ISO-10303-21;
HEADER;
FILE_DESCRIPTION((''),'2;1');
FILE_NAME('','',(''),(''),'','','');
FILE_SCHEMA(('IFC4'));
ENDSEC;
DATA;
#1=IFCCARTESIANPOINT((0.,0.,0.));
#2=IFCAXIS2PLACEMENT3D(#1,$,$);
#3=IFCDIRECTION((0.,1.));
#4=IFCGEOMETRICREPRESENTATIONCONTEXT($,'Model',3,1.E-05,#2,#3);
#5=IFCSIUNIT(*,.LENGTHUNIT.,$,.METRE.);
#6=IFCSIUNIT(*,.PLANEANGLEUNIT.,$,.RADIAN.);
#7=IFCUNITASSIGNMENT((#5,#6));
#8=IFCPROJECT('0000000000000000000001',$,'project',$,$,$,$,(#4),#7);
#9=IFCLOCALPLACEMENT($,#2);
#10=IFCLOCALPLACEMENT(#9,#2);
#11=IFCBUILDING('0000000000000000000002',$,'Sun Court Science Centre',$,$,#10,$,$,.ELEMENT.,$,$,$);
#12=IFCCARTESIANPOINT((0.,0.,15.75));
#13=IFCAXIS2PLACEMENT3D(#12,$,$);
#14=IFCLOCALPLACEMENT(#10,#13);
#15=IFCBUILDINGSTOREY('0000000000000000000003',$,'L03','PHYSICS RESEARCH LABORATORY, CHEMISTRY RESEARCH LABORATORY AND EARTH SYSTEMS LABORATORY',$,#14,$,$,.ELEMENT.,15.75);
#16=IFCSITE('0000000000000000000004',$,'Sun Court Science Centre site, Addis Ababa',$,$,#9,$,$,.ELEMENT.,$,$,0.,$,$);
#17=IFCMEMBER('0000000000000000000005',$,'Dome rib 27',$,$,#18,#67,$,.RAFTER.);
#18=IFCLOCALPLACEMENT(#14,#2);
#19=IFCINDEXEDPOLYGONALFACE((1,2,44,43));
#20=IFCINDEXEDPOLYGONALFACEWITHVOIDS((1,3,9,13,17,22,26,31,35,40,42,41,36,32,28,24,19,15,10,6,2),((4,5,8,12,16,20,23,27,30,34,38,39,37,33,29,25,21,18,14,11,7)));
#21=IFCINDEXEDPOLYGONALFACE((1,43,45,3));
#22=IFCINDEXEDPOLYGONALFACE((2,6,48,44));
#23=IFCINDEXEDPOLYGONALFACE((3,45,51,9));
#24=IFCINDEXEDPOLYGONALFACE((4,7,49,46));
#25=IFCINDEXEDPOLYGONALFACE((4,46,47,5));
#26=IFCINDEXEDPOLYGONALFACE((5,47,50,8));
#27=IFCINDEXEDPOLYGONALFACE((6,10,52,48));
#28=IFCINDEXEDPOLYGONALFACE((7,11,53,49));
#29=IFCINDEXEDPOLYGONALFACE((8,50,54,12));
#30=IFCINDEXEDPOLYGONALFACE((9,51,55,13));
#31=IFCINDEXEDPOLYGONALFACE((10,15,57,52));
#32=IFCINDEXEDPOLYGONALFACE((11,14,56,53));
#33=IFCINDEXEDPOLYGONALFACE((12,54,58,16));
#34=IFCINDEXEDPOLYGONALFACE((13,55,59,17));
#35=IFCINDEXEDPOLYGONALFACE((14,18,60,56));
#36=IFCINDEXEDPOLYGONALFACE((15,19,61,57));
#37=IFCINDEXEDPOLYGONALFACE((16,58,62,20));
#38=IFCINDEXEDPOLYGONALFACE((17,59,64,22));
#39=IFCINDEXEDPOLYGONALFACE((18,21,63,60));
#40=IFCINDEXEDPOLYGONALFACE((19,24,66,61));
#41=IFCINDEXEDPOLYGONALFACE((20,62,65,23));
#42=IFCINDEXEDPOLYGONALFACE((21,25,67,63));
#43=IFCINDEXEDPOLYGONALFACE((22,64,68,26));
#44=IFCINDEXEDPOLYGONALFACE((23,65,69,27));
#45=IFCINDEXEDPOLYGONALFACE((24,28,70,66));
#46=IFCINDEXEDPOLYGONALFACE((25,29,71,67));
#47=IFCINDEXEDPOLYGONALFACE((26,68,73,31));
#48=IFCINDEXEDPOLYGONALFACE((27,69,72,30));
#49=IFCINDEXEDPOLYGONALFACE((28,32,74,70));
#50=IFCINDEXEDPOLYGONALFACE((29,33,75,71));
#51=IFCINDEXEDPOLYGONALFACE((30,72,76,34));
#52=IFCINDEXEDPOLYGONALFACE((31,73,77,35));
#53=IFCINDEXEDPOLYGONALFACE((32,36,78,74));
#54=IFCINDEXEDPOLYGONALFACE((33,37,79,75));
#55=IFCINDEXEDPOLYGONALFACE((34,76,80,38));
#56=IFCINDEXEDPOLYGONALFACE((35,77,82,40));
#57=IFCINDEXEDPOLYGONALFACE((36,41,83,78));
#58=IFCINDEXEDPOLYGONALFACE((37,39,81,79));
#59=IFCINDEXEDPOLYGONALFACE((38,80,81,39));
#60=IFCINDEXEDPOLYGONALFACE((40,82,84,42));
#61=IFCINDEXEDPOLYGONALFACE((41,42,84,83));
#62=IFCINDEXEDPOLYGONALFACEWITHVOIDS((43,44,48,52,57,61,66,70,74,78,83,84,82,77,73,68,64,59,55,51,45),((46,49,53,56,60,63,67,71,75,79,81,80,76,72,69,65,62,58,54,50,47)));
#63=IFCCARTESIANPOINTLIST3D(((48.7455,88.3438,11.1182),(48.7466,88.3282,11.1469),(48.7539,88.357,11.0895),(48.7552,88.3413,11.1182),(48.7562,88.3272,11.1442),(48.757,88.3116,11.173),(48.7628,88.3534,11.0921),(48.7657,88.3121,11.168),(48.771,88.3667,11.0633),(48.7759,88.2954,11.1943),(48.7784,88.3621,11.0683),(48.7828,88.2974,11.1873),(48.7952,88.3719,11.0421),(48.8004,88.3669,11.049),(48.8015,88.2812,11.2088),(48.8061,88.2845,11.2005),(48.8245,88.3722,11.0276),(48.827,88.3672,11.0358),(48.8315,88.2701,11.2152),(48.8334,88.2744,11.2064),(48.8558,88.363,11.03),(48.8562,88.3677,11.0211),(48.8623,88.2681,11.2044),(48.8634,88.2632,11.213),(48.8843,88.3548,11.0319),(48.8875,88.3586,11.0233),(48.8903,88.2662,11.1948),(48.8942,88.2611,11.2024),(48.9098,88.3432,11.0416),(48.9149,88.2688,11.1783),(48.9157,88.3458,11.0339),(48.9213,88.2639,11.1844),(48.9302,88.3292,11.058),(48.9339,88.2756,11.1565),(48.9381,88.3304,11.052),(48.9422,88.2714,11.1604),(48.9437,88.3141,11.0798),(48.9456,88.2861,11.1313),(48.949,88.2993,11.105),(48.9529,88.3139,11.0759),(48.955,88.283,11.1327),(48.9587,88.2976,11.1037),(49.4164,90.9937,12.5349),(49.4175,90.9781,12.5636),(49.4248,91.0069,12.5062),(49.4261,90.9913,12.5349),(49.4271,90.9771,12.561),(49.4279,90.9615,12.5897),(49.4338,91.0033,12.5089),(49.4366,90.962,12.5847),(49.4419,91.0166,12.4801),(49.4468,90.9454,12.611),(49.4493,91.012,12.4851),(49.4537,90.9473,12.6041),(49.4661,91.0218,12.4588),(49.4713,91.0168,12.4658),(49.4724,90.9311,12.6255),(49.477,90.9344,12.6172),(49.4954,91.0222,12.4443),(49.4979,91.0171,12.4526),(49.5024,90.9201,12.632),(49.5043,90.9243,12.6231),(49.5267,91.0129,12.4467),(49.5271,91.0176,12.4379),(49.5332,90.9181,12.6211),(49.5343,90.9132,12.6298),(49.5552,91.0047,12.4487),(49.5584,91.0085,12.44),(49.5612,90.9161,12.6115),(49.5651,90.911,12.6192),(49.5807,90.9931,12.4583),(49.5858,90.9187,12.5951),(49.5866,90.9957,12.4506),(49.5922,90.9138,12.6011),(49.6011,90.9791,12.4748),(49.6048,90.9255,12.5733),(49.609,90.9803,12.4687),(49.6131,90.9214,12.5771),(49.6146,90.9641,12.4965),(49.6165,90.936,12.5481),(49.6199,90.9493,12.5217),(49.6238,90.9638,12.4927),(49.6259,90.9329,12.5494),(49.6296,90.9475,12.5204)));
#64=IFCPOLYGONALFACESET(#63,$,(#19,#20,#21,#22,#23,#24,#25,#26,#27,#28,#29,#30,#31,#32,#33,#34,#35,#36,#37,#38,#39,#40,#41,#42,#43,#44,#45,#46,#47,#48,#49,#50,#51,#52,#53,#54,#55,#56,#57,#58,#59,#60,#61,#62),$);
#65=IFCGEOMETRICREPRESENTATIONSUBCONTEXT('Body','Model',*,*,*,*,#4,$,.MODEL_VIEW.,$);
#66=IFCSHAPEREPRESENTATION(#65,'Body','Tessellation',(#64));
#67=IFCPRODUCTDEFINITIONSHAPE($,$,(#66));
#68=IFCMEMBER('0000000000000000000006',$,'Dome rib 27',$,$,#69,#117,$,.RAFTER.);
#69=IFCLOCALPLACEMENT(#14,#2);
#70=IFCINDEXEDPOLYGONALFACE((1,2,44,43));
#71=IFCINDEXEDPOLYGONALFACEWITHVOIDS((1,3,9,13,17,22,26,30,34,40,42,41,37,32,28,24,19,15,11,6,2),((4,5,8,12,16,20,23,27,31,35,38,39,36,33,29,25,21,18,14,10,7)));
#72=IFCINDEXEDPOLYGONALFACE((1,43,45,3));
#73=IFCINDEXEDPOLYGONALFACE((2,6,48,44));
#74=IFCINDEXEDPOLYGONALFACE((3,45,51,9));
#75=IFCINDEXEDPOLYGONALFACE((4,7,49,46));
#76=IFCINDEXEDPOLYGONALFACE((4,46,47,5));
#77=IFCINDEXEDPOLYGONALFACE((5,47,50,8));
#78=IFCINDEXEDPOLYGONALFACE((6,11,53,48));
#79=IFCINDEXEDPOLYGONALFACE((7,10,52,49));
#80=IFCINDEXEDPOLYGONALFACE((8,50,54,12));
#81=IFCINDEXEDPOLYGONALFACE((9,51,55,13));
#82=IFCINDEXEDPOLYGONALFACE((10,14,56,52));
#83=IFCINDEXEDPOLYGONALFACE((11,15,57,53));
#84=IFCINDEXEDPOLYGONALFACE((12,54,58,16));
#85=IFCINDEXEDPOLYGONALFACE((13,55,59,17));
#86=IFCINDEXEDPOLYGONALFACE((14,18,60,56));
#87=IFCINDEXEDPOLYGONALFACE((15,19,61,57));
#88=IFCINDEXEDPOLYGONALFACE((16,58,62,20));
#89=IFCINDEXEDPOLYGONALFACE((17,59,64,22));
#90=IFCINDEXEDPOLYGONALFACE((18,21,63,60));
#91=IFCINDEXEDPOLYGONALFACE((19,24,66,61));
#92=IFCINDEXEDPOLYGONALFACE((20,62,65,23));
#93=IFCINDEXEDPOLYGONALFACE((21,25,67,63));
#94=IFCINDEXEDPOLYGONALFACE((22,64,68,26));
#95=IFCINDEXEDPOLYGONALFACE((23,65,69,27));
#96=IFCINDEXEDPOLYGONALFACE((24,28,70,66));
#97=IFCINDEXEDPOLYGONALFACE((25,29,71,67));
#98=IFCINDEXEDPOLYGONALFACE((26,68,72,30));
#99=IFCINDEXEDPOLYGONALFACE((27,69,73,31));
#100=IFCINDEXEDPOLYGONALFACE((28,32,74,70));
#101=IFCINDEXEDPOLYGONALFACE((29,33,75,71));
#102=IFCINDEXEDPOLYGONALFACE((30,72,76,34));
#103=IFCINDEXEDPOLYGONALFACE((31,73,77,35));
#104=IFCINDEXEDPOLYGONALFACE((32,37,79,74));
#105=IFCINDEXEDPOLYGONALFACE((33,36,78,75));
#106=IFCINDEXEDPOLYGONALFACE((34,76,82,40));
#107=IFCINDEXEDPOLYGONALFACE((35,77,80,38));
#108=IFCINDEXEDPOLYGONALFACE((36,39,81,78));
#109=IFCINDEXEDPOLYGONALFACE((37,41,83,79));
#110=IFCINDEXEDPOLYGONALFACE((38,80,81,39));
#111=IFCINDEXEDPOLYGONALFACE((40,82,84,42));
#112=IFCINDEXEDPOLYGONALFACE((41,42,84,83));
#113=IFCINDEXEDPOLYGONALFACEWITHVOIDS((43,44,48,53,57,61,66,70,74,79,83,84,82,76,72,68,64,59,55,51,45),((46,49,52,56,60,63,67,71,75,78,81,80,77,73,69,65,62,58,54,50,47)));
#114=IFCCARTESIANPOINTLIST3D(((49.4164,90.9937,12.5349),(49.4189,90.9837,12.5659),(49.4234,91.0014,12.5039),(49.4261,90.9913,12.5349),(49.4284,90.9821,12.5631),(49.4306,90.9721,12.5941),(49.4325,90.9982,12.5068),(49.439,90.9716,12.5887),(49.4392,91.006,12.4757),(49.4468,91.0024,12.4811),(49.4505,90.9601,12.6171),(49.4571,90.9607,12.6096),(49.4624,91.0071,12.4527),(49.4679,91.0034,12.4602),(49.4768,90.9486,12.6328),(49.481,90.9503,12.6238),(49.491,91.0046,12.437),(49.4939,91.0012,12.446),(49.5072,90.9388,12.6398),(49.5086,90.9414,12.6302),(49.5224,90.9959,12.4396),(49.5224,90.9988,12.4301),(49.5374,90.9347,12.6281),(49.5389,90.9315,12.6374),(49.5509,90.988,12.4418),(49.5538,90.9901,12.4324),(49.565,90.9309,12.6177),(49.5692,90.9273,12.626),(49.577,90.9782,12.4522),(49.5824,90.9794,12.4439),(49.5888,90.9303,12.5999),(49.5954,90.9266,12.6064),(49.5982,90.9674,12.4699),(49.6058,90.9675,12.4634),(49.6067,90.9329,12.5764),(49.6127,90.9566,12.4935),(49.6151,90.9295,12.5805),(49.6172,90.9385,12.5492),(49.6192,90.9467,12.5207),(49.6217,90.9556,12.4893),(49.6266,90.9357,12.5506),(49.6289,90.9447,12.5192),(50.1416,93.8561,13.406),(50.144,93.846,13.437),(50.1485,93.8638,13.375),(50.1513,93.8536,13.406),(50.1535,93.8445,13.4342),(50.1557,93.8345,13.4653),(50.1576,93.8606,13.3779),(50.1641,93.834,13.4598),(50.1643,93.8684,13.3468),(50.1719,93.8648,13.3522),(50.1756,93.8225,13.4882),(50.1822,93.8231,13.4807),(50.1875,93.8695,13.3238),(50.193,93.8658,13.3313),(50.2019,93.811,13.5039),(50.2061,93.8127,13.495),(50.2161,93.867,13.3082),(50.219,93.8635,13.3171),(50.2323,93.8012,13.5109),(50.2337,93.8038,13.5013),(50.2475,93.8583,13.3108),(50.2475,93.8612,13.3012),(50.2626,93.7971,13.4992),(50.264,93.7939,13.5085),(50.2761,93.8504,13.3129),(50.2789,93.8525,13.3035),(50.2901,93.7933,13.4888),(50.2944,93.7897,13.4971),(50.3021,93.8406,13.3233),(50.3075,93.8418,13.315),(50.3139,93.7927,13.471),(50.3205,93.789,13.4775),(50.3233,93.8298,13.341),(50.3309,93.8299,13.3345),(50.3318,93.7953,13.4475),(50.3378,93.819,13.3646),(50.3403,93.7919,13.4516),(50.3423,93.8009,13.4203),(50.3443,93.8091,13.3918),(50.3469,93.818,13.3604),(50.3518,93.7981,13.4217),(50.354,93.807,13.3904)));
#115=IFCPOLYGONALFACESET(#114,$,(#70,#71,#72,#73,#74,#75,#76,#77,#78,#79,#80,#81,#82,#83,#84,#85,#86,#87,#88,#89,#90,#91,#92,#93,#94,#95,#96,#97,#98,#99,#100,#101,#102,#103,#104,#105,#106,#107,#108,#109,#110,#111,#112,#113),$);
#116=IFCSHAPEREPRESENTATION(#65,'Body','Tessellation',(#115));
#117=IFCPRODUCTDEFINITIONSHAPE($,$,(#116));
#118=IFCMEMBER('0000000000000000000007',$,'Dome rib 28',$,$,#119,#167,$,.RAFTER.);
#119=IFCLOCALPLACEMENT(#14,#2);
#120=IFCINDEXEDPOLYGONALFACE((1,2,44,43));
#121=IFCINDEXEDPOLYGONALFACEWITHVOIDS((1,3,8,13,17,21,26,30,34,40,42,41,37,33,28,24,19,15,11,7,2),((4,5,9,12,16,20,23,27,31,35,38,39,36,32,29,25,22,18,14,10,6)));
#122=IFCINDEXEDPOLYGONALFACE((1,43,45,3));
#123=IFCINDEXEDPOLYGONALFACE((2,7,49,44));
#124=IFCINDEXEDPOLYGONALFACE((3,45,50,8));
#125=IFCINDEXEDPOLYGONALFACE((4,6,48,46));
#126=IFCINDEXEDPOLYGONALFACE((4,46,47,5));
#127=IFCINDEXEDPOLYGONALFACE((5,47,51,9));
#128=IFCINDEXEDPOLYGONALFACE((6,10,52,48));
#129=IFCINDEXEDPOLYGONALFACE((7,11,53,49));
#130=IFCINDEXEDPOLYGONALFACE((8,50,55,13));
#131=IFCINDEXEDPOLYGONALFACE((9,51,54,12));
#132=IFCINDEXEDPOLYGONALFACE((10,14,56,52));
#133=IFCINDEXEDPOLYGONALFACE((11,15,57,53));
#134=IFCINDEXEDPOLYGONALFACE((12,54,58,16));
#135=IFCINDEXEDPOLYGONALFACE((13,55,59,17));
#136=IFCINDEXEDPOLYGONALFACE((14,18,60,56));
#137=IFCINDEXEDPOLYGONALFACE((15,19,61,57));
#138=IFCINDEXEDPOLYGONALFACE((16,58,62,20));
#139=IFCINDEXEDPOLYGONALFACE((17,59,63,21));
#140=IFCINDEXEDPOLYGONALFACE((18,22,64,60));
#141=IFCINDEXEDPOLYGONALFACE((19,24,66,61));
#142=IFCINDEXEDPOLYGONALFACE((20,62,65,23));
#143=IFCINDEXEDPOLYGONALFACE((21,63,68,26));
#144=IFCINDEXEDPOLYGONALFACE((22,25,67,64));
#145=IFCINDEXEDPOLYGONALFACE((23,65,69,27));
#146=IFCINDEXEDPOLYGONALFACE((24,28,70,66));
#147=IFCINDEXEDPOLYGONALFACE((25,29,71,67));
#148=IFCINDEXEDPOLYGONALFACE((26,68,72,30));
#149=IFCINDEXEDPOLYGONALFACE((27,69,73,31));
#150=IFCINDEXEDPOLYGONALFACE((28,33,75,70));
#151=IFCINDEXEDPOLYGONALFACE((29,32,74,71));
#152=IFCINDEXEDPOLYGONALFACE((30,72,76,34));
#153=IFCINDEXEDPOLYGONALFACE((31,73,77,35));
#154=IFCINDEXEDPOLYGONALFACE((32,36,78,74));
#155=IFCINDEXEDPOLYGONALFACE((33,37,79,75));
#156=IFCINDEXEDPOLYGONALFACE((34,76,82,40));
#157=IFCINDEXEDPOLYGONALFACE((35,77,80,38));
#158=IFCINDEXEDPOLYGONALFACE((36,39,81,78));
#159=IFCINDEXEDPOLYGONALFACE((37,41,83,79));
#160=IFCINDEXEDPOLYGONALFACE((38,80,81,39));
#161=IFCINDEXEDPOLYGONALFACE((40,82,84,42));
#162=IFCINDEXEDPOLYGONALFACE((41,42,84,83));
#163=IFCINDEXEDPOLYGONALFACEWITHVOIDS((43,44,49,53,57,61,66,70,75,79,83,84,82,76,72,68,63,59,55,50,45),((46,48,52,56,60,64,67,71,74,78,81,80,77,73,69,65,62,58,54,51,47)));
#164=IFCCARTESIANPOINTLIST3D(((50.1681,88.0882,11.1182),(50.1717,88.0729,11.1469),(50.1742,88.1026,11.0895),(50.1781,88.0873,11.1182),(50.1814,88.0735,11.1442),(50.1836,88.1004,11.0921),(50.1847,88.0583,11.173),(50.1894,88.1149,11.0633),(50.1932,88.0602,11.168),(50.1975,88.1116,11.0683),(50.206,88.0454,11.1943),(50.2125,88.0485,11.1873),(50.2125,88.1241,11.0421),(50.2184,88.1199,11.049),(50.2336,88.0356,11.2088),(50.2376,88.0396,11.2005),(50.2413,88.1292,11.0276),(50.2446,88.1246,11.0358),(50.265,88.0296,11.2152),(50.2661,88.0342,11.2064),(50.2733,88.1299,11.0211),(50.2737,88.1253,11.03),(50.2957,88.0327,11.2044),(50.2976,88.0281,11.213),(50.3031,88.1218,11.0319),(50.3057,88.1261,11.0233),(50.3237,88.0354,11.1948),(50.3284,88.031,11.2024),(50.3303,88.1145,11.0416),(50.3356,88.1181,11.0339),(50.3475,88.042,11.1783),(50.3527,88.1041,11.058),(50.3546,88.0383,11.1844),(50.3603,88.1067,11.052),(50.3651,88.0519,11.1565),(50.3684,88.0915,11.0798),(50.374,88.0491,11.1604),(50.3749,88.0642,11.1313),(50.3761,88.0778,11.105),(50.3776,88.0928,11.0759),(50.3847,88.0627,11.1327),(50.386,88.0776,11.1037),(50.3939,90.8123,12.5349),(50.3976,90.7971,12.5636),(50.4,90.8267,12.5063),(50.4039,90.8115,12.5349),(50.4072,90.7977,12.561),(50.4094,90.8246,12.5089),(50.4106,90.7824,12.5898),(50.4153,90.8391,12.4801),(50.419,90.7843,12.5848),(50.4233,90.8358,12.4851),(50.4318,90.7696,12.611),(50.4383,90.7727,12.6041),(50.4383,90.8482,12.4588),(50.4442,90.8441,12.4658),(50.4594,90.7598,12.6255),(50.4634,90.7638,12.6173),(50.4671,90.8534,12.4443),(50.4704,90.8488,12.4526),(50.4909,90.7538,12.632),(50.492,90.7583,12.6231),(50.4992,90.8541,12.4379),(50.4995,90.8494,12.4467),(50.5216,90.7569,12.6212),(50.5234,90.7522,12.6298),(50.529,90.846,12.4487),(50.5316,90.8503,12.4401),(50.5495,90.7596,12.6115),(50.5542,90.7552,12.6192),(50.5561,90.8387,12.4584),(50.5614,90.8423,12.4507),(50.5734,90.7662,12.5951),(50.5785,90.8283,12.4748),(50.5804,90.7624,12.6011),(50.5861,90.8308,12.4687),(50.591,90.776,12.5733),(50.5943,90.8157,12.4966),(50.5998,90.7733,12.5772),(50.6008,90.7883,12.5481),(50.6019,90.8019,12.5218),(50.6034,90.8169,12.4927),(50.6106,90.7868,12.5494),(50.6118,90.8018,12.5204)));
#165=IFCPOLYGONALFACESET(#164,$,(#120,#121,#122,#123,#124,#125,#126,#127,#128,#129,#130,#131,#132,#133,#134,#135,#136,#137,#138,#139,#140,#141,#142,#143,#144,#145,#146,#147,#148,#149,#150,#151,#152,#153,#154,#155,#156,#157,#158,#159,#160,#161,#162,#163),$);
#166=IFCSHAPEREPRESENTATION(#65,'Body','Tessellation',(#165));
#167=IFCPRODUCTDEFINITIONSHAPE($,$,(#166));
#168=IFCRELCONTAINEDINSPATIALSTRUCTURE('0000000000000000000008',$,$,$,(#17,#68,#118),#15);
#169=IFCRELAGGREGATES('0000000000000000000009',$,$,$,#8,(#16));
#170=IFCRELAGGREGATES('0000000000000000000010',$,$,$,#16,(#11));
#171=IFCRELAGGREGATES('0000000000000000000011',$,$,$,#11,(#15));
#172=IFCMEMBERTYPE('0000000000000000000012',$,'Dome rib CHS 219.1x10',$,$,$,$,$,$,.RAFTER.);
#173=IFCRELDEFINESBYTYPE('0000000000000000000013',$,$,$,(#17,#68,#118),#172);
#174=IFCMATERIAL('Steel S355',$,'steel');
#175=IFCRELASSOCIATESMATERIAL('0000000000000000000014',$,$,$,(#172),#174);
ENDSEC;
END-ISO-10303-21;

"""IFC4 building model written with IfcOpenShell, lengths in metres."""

from ifc_helpers import new_model, si_unit, direction, frame, origin, origin_2d, place, context, subcontext, project, spatial, hollow_circle, extrude, material, material_profile, profile_set, type_object, element, save


model = new_model("IFC4")

# Units and contexts
model_context = context("Model", 3, precision=1e-05, world=origin(), true_north=direction((0.0, 1.0)))
body_context = subcontext(model_context, "Body", "Model", "MODEL_VIEW")
ifc_project = project(units=[si_unit("LENGTHUNIT", "METRE"), si_unit("PLANEANGLEUNIT", "RADIAN")], contexts=[model_context])

# Site, building, storey
site_placement = place(None, origin())
site = spatial("IfcSite", under=ifc_project, at=site_placement, Name="Sun Court Science Centre site, Addis Ababa", CompositionType="ELEMENT", RefElevation=0.0)
building_placement = place(site_placement, origin())
building = spatial("IfcBuilding", under=site, at=building_placement, Name="Sun Court Science Centre", CompositionType="ELEMENT")
storey_placement = place(building_placement, frame((0.0, 0.0, 15.75)))
storey = spatial("IfcBuildingStorey", under=building, at=storey_placement, Name="L03", Description="PHYSICS RESEARCH LABORATORY, CHEMISTRY RESEARCH LABORATORY AND EARTH SYSTEMS LABORATORY", CompositionType="ELEMENT", Elevation=15.75)

# Members
ifc_material_1 = material(Name="Steel S355", Category="steel")
ifc_material_profile_1 = material_profile(ifc_material_1, hollow_circle(Radius=0.1096, WallThickness=0.01, at=origin_2d()), Name="CHS 219.1x10")
ifc_profile_set_1 = profile_set([ifc_material_profile_1], Name="Steel S355")
member_type_1 = type_object("IfcMemberType", Name="Dome rib CHS 219.1x10", PredefinedType="RAFTER", material=ifc_profile_set_1)
member_1_placement = place(storey_placement, frame((48.8518, 88.3169, 11.1182), z_axis=(0.217906, 0.860682, 0.460156), x_axis=(-0.969413, 0.245435, 0.0)))
element("IfcMember", 1, at=member_1_placement, inside=storey, type_object=member_type_1, Name="Dome rib 27", PredefinedType="RAFTER", context=body_context, shape_type="SweptSolid", body=[
    extrude(hollow_circle(Radius=0.1096, WallThickness=0.01, at=origin_2d()), origin(), (0.0, 0.0, 1.0), 3.0789),
])
member_2_placement = place(storey_placement, frame((49.5227, 90.9668, 12.5349), z_axis=(0.235534, 0.929763, 0.282958), x_axis=(-0.969379, 0.245569, 0.0)))
element("IfcMember", 2, at=member_2_placement, inside=storey, type_object=member_type_1, Name="Dome rib 27", PredefinedType="RAFTER", context=body_context, shape_type="SweptSolid", body=[
    extrude(hollow_circle(Radius=0.1096, WallThickness=0.01, at=origin_2d()), origin(), (0.0, 0.0, 1.0), 3.0786),
])
for number, where, z_axis, x_axis, name in (
    (3, (50.2773, 88.0791, 11.1182), (0.07335, 0.8848, 0.460162), (-0.996581, 0.082617, 0.0), "Dome rib 28"),
):
    element("IfcMember", number, at=place(storey_placement, frame(where, z_axis=z_axis, x_axis=x_axis)), inside=storey, type_object=member_type_1, Name=name, PredefinedType="RAFTER", context=body_context, shape_type="SweptSolid", body=[
        extrude(hollow_circle(Radius=0.1096, WallThickness=0.01, at=origin_2d()), origin(), (0.0, 0.0, 1.0), 3.0789),
    ])

save(model, "model.ifc")
